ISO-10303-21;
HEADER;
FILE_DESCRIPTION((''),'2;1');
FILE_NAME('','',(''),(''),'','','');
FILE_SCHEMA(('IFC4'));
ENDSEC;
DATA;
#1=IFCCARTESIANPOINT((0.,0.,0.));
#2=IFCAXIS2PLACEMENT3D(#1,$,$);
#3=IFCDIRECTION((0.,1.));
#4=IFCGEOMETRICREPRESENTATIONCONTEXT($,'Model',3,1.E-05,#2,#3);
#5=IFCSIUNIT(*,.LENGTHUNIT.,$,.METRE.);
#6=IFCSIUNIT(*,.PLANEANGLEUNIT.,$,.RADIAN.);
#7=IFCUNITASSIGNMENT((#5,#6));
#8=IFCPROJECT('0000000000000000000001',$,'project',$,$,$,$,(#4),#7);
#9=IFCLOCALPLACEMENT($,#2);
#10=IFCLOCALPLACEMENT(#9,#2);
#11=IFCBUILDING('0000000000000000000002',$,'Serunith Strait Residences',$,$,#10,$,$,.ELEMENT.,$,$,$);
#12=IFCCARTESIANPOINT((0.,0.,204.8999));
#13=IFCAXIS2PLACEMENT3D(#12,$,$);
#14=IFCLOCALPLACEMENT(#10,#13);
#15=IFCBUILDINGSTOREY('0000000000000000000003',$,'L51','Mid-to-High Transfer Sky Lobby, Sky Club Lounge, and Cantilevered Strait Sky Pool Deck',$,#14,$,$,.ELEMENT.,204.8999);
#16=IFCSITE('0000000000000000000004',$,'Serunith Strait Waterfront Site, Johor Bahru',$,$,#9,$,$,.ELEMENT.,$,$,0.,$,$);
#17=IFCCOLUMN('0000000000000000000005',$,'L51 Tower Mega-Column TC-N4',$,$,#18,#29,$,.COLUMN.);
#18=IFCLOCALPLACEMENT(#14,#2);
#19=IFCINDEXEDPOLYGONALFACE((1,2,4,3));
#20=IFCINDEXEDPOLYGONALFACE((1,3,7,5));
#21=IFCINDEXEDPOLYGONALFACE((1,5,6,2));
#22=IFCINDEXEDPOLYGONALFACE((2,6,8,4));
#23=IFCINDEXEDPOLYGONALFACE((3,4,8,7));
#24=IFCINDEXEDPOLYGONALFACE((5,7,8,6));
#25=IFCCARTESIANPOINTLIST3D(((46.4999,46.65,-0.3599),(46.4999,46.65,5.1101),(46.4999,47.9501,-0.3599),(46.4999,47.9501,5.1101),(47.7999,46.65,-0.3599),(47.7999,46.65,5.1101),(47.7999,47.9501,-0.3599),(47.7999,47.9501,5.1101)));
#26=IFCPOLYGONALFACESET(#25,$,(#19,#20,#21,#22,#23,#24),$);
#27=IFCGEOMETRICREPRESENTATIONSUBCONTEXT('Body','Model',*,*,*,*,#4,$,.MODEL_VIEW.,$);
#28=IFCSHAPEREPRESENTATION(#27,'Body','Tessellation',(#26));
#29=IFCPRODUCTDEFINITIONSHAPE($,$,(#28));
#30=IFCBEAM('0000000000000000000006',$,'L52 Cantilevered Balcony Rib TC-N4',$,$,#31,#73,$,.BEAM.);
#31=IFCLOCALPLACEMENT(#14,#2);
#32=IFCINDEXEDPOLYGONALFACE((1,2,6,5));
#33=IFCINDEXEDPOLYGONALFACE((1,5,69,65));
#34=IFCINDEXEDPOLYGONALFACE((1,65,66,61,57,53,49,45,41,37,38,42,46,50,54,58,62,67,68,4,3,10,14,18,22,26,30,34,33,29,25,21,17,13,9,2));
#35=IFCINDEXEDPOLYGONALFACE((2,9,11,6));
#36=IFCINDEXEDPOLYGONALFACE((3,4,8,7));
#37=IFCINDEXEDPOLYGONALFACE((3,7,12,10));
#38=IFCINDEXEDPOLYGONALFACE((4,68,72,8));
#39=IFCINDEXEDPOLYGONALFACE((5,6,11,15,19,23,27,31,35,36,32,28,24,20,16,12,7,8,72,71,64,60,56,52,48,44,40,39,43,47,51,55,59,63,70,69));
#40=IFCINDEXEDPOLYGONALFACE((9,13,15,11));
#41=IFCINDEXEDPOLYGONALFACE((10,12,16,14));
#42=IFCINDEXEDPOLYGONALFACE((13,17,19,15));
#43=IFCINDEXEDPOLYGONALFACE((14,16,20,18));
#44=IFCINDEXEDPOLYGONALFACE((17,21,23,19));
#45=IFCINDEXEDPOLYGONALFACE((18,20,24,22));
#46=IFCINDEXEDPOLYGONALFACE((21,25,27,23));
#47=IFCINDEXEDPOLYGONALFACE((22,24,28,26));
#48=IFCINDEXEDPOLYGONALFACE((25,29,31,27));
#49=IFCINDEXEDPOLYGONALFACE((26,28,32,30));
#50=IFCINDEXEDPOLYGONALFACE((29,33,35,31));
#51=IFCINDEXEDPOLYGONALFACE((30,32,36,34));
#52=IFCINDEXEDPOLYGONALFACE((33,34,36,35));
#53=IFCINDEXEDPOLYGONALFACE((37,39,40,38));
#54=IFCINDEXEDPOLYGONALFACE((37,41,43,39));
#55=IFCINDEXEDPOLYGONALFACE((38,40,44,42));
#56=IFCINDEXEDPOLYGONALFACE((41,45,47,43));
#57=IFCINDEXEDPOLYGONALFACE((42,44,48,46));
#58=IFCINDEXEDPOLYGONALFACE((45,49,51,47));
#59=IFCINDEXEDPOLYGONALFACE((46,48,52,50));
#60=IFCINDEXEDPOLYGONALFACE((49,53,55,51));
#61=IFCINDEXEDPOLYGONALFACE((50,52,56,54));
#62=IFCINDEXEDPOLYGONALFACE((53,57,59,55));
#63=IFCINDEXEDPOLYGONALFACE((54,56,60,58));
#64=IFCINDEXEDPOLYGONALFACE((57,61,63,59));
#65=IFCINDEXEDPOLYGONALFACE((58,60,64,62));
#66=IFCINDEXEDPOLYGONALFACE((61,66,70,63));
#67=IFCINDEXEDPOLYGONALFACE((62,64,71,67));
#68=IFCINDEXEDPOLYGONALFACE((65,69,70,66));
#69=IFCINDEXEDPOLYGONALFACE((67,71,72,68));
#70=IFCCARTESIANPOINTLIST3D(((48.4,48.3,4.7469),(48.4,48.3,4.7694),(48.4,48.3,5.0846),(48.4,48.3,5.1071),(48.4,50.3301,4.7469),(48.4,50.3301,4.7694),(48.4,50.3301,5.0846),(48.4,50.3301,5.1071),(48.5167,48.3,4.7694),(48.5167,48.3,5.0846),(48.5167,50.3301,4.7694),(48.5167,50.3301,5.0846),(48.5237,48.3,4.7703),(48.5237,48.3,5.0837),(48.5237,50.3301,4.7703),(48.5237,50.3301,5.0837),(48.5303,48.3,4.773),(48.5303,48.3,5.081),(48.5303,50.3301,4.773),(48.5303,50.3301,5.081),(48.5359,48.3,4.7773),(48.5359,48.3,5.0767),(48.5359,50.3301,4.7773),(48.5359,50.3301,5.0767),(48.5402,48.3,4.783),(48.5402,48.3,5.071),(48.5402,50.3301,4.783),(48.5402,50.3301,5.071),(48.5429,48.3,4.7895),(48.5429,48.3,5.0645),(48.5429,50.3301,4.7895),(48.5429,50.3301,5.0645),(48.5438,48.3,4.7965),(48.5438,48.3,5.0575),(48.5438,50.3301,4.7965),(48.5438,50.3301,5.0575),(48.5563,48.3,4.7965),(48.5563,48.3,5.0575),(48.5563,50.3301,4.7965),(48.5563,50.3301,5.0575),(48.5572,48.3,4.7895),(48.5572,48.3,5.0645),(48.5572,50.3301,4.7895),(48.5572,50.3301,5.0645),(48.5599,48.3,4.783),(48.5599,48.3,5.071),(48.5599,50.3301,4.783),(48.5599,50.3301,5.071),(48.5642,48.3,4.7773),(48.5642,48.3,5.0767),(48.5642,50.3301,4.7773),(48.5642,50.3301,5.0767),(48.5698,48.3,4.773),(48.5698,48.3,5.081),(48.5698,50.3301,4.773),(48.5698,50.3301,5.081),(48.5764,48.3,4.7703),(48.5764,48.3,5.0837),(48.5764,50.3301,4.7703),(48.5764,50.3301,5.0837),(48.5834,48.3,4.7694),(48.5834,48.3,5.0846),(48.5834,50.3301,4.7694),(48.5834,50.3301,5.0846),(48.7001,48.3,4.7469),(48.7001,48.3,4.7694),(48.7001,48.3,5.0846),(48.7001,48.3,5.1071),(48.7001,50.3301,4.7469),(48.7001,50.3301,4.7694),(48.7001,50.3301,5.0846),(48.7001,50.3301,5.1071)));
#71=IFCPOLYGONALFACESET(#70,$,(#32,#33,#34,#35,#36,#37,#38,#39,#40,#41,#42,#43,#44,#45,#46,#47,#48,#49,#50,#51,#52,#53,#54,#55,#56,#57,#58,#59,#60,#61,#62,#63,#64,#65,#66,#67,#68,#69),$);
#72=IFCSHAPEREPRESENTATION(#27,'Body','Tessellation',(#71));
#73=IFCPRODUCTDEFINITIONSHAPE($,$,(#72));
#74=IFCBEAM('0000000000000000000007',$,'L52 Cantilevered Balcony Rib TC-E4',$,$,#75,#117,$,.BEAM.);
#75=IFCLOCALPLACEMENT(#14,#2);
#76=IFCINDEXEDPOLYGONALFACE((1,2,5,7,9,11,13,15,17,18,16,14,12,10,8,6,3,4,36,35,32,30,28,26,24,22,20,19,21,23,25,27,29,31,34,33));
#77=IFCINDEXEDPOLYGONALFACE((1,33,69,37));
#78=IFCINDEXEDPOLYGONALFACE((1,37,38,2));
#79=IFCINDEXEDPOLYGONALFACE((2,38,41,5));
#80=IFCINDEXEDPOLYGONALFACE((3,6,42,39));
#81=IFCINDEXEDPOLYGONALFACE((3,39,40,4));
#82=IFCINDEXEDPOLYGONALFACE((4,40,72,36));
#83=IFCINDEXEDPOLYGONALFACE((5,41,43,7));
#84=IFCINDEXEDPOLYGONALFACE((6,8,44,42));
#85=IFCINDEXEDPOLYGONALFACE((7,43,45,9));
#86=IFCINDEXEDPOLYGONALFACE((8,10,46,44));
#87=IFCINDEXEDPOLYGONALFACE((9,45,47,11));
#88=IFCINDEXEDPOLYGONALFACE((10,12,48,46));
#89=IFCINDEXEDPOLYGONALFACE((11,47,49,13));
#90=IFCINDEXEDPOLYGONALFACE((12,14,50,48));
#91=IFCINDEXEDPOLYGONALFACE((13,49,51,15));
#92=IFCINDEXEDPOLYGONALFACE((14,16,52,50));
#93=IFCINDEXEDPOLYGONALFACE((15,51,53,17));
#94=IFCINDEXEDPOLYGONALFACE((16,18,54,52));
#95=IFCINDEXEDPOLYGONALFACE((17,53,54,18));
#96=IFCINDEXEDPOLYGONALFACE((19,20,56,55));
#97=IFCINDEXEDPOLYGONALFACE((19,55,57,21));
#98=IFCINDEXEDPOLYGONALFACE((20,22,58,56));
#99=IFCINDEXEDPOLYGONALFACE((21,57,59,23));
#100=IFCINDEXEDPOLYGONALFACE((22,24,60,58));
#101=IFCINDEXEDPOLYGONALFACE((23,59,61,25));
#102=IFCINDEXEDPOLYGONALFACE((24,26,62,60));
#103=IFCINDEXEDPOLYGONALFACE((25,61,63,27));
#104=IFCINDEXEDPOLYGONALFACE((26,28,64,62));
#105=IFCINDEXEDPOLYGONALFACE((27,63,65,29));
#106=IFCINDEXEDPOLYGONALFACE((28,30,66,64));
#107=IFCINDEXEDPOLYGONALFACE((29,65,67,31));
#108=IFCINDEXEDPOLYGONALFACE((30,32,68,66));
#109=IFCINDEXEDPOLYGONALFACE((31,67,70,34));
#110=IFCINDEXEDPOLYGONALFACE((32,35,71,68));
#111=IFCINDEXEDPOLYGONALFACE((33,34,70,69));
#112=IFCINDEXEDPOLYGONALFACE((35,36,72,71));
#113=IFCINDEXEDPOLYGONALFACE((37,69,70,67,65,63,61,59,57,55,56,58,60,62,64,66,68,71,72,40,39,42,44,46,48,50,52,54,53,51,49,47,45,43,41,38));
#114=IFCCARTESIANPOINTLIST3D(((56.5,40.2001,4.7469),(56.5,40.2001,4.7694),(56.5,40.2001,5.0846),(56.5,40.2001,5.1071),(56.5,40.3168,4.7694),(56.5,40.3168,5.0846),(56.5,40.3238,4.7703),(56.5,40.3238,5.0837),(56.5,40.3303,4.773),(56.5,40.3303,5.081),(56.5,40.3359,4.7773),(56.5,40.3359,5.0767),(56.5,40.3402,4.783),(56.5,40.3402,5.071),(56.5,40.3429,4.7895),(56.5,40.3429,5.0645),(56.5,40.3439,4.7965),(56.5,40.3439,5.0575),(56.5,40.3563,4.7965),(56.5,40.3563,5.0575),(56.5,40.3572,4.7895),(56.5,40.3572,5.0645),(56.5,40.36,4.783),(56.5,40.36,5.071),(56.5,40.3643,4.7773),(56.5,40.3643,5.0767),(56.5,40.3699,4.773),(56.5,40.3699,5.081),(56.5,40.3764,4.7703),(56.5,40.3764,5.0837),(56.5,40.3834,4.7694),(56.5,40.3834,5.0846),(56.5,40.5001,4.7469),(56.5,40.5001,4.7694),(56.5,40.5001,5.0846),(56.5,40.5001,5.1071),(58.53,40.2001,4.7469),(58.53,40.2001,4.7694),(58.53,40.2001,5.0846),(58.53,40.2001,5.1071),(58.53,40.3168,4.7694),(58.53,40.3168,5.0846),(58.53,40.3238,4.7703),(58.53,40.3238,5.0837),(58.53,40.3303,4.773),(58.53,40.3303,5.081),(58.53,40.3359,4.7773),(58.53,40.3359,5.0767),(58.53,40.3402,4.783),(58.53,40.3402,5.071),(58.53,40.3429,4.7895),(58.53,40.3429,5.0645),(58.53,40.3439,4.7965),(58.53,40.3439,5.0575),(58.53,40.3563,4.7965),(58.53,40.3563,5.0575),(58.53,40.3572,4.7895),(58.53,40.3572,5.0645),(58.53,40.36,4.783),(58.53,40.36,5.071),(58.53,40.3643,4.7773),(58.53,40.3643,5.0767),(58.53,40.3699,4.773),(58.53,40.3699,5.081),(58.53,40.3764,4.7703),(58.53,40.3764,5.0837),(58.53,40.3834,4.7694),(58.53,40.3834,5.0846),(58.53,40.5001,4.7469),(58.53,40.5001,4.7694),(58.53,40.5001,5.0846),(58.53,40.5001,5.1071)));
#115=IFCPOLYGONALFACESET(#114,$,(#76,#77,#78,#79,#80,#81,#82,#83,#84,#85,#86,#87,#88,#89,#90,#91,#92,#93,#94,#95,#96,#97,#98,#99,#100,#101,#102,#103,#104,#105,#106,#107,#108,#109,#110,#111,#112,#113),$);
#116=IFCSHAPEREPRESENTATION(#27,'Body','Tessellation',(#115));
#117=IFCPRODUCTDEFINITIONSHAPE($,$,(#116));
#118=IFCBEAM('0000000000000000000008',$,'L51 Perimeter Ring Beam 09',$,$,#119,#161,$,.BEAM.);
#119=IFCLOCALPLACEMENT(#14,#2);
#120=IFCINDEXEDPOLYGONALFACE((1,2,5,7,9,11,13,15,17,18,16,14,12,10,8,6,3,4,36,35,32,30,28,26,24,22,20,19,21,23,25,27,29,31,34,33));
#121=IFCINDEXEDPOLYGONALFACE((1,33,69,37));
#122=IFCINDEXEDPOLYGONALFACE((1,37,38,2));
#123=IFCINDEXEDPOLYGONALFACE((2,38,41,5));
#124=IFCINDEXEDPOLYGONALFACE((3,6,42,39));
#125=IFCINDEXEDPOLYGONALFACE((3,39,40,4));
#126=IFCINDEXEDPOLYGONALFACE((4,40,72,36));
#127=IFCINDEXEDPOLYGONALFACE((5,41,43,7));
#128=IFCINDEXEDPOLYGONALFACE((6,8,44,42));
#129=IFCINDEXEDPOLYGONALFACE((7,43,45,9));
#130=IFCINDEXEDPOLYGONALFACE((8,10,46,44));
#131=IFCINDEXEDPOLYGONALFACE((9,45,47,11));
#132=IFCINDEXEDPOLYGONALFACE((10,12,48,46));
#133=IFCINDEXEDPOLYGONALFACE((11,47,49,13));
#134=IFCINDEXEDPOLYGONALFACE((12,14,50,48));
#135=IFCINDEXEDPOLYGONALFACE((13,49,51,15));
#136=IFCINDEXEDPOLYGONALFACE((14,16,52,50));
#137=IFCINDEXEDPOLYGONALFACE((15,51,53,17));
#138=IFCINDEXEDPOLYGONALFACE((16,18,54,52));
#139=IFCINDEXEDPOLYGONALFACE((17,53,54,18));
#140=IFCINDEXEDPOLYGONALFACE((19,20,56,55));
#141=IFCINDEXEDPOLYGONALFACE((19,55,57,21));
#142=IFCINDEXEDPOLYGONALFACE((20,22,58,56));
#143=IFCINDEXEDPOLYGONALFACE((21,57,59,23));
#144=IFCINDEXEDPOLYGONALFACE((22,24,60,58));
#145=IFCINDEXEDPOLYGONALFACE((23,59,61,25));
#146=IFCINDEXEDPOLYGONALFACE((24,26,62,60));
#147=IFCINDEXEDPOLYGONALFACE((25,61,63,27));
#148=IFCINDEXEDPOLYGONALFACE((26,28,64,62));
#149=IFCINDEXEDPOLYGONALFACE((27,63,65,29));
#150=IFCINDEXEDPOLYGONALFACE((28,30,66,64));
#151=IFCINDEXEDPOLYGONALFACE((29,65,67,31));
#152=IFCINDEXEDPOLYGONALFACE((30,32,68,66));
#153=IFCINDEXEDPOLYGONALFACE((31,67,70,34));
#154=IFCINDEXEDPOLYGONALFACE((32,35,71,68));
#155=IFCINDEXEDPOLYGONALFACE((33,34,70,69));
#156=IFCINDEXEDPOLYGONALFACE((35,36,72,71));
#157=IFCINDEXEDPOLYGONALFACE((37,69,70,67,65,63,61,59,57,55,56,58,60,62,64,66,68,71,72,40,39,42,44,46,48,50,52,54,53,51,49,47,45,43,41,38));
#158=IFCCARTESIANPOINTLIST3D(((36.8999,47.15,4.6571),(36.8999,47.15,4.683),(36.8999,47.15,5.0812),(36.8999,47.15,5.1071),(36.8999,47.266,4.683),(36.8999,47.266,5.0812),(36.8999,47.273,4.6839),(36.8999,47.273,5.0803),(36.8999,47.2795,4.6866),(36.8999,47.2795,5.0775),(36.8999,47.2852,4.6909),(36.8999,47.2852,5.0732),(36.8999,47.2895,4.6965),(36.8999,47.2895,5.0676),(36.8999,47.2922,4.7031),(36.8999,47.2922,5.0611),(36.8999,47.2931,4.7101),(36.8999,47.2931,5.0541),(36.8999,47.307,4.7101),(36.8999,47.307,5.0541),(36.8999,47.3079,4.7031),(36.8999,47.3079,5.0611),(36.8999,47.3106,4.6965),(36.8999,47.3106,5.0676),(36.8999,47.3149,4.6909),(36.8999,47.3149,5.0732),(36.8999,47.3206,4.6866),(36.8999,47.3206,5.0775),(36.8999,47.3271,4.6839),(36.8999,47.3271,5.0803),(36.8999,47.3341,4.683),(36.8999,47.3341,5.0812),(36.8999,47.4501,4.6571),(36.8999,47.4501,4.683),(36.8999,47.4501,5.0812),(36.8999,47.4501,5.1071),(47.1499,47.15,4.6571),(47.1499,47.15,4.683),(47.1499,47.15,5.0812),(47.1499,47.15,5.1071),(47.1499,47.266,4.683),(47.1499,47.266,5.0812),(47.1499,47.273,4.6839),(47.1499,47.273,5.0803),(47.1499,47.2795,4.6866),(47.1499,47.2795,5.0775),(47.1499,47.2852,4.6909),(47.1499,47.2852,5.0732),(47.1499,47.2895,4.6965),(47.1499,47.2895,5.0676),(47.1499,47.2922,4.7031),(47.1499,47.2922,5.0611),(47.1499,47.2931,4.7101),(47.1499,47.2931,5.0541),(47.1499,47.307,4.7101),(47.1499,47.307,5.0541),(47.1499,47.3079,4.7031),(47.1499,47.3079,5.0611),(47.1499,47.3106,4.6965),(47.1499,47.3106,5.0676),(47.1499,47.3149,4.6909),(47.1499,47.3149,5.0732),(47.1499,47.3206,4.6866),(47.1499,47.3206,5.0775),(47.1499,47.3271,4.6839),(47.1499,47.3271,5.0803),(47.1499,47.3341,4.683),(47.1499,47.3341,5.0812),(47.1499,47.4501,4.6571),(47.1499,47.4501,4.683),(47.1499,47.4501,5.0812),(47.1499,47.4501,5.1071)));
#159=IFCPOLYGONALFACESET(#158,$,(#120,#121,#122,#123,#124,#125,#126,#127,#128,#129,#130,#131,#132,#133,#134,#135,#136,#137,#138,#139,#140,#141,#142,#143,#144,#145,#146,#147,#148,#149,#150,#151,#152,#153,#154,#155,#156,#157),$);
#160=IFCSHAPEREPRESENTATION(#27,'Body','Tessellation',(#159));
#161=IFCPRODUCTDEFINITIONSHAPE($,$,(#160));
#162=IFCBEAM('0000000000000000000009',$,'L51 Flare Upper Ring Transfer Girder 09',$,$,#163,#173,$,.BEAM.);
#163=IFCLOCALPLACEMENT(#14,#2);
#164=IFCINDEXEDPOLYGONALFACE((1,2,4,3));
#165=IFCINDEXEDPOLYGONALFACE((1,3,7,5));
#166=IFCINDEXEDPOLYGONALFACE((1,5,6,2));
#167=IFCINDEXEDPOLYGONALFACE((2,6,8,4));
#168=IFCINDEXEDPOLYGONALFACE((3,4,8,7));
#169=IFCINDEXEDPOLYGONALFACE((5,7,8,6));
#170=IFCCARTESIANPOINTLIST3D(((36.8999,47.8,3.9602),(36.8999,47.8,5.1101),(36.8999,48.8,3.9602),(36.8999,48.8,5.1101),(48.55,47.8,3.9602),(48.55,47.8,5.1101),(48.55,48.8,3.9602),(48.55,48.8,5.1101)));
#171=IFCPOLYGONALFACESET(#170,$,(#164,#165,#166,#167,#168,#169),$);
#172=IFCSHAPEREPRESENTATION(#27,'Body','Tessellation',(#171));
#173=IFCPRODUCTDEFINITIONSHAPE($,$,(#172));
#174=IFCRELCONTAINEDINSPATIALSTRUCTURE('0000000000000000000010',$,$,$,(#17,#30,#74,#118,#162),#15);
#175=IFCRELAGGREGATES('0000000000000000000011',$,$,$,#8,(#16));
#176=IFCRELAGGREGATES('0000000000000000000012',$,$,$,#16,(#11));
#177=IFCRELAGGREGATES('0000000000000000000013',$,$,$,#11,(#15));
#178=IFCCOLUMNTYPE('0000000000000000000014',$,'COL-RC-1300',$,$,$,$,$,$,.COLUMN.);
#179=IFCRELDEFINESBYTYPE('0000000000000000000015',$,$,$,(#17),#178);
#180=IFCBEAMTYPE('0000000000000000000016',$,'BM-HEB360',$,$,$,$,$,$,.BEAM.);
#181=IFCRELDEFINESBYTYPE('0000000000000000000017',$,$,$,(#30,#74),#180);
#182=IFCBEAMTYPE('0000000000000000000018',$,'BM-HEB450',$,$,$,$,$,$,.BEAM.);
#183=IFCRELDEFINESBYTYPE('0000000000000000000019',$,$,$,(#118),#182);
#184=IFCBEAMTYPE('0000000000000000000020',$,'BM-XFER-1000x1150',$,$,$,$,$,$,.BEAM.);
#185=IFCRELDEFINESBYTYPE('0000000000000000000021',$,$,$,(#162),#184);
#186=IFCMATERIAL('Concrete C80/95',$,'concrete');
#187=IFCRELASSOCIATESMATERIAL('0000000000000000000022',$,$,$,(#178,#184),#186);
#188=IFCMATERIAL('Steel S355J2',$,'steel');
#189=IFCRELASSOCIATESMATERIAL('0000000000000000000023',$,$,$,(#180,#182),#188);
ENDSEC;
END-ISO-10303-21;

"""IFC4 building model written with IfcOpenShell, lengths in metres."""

from ifc_helpers import new_model, si_unit, direction, frame, origin, origin_2d, place, context, subcontext, project, spatial, rectangle, i_section, extrude, source, transform, mapped, material, material_profile, profile_set, type_object, element, save


model = new_model("IFC4")

# Units and contexts
model_context = context("Model", 3, precision=1e-05, world=origin(), true_north=direction((0.0, 1.0)))
body_context = subcontext(model_context, "Body", "Model", "MODEL_VIEW")
ifc_project = project(units=[si_unit("LENGTHUNIT", "METRE"), si_unit("PLANEANGLEUNIT", "RADIAN")], contexts=[model_context])

# Site, building, storey
site_placement = place(None, origin())
site = spatial("IfcSite", under=ifc_project, at=site_placement, Name="Serunith Strait Waterfront Site, Johor Bahru", CompositionType="ELEMENT", RefElevation=0.0)
building_placement = place(site_placement, origin())
building = spatial("IfcBuilding", under=site, at=building_placement, Name="Serunith Strait Residences", CompositionType="ELEMENT")
storey_placement = place(building_placement, frame((0.0, 0.0, 204.8999)))
storey = spatial("IfcBuildingStorey", under=building, at=storey_placement, Name="L51", Description="Mid-to-High Transfer Sky Lobby, Sky Club Lounge, and Cantilevered Strait Sky Pool Deck", CompositionType="ELEMENT", Elevation=204.8999)

# Column
ifc_material_1 = material(Name="Concrete C80/95", Category="concrete")
ifc_material_profile_1 = material_profile(ifc_material_1, rectangle(XDim=1.3, YDim=1.3, at=origin_2d()), Name="RC 1300x1300")
ifc_profile_set_1 = profile_set([ifc_material_profile_1], Name="Concrete C80/95")
column_type = type_object("IfcColumnType", Name="COL-RC-1300", PredefinedType="COLUMN", material=ifc_profile_set_1)
shared_shape_1 = source(origin(), body_context, "Body", "SweptSolid", [
    extrude(rectangle(XDim=1.3, YDim=1.3, at=origin_2d()), origin(), (0.0, 0.0, 1.0), 5.47),
])
column_placement = place(storey_placement, frame((47.1499, 47.3, -0.3599), z_axis=(0.0, 0.0, 1.0), x_axis=(1.0, 0.0, 0.0)))
element("IfcColumn", 1, at=column_placement, inside=storey, type_object=column_type, Name="L51 Tower Mega-Column TC-N4", PredefinedType="COLUMN", context=body_context, shape_type="MappedRepresentation", body=[
    mapped(shared_shape_1, transform((0.0, 0.0, 0.0), scale=1.0)),
])

# Beams
ifc_material_2 = material(Name="Steel S355J2", Category="steel")
ifc_material_profile_2 = material_profile(ifc_material_2, i_section(OverallWidth=0.3, OverallDepth=0.3601, WebThickness=0.0125, FlangeThickness=0.0225, FilletRadius=0.0271, at=origin_2d()), Name="HEB 360")
ifc_profile_set_2 = profile_set([ifc_material_profile_2], Name="Steel S355J2")
beam_type_1 = type_object("IfcBeamType", Name="BM-HEB360", PredefinedType="BEAM", material=ifc_profile_set_2)
shared_shape_2 = source(origin(), body_context, "Body", "SweptSolid", [
    extrude(i_section(OverallWidth=0.3, OverallDepth=0.3601, WebThickness=0.0125, FlangeThickness=0.0225, FilletRadius=0.0271, at=origin_2d()), origin(), (0.0, 0.0, 1.0), 2.03),
])
for number, where, z_axis, x_axis, name in (
    (2, (48.55, 48.3, 4.927), (0.0, 1.0, 0.0), (-1.0, 0.0, 0.0), "L52 Cantilevered Balcony Rib TC-N4"),
    (3, (56.5, 40.3501, 4.927), (1.0, 0.0, 0.0), (0.0, 1.0, 0.0), "L52 Cantilevered Balcony Rib TC-E4"),
):
    element("IfcBeam", number, at=place(storey_placement, frame(where, z_axis=z_axis, x_axis=x_axis)), inside=storey, type_object=beam_type_1, Name=name, PredefinedType="BEAM", context=body_context, shape_type="MappedRepresentation", body=[
        mapped(shared_shape_2, transform((0.0, 0.0, 0.0), scale=1.0)),
    ])
ifc_material_profile_3 = material_profile(ifc_material_2, i_section(OverallWidth=0.3, OverallDepth=0.45, WebThickness=0.0139, FlangeThickness=0.0259, FilletRadius=0.0271, at=origin_2d()), Name="HEB 450")
ifc_profile_set_3 = profile_set([ifc_material_profile_3], Name="Steel S355J2")
beam_type_2 = type_object("IfcBeamType", Name="BM-HEB450", PredefinedType="BEAM", material=ifc_profile_set_3)
shared_shape_3 = source(origin(), body_context, "Body", "SweptSolid", [
    extrude(i_section(OverallWidth=0.3, OverallDepth=0.45, WebThickness=0.0139, FlangeThickness=0.0259, FilletRadius=0.0271, at=origin_2d()), origin(), (0.0, 0.0, 1.0), 10.25),
])
beam_1_placement = place(storey_placement, frame((47.1499, 47.3, 4.8821), z_axis=(-1.0, 0.0, 0.0), x_axis=(0.0, -1.0, 0.0)))
element("IfcBeam", 4, at=beam_1_placement, inside=storey, type_object=beam_type_2, Name="L51 Perimeter Ring Beam 09", PredefinedType="BEAM", context=body_context, shape_type="MappedRepresentation", body=[
    mapped(shared_shape_3, transform((0.0, 0.0, 0.0), scale=1.0)),
])
ifc_material_profile_4 = material_profile(ifc_material_1, rectangle(XDim=1.0, YDim=1.1499, at=origin_2d()), Name="RC 1000x1150")
ifc_profile_set_4 = profile_set([ifc_material_profile_4], Name="Concrete C80/95")
beam_type_3 = type_object("IfcBeamType", Name="BM-XFER-1000x1150", PredefinedType="BEAM", material=ifc_profile_set_4)
shared_shape_4 = source(origin(), body_context, "Body", "SweptSolid", [
    extrude(rectangle(XDim=1.0, YDim=1.1499, at=origin_2d()), origin(), (0.0, 0.0, 1.0), 11.6501),
])
beam_2_placement = place(storey_placement, frame((48.55, 48.3, 4.5352), z_axis=(-1.0, 0.0, 0.0), x_axis=(0.0, -1.0, 0.0)))
element("IfcBeam", 5, at=beam_2_placement, inside=storey, type_object=beam_type_3, Name="L51 Flare Upper Ring Transfer Girder 09", PredefinedType="BEAM", context=body_context, shape_type="MappedRepresentation", body=[
    mapped(shared_shape_4, transform((0.0, 0.0, 0.0), scale=1.0)),
])

save(model, "model.ifc")
